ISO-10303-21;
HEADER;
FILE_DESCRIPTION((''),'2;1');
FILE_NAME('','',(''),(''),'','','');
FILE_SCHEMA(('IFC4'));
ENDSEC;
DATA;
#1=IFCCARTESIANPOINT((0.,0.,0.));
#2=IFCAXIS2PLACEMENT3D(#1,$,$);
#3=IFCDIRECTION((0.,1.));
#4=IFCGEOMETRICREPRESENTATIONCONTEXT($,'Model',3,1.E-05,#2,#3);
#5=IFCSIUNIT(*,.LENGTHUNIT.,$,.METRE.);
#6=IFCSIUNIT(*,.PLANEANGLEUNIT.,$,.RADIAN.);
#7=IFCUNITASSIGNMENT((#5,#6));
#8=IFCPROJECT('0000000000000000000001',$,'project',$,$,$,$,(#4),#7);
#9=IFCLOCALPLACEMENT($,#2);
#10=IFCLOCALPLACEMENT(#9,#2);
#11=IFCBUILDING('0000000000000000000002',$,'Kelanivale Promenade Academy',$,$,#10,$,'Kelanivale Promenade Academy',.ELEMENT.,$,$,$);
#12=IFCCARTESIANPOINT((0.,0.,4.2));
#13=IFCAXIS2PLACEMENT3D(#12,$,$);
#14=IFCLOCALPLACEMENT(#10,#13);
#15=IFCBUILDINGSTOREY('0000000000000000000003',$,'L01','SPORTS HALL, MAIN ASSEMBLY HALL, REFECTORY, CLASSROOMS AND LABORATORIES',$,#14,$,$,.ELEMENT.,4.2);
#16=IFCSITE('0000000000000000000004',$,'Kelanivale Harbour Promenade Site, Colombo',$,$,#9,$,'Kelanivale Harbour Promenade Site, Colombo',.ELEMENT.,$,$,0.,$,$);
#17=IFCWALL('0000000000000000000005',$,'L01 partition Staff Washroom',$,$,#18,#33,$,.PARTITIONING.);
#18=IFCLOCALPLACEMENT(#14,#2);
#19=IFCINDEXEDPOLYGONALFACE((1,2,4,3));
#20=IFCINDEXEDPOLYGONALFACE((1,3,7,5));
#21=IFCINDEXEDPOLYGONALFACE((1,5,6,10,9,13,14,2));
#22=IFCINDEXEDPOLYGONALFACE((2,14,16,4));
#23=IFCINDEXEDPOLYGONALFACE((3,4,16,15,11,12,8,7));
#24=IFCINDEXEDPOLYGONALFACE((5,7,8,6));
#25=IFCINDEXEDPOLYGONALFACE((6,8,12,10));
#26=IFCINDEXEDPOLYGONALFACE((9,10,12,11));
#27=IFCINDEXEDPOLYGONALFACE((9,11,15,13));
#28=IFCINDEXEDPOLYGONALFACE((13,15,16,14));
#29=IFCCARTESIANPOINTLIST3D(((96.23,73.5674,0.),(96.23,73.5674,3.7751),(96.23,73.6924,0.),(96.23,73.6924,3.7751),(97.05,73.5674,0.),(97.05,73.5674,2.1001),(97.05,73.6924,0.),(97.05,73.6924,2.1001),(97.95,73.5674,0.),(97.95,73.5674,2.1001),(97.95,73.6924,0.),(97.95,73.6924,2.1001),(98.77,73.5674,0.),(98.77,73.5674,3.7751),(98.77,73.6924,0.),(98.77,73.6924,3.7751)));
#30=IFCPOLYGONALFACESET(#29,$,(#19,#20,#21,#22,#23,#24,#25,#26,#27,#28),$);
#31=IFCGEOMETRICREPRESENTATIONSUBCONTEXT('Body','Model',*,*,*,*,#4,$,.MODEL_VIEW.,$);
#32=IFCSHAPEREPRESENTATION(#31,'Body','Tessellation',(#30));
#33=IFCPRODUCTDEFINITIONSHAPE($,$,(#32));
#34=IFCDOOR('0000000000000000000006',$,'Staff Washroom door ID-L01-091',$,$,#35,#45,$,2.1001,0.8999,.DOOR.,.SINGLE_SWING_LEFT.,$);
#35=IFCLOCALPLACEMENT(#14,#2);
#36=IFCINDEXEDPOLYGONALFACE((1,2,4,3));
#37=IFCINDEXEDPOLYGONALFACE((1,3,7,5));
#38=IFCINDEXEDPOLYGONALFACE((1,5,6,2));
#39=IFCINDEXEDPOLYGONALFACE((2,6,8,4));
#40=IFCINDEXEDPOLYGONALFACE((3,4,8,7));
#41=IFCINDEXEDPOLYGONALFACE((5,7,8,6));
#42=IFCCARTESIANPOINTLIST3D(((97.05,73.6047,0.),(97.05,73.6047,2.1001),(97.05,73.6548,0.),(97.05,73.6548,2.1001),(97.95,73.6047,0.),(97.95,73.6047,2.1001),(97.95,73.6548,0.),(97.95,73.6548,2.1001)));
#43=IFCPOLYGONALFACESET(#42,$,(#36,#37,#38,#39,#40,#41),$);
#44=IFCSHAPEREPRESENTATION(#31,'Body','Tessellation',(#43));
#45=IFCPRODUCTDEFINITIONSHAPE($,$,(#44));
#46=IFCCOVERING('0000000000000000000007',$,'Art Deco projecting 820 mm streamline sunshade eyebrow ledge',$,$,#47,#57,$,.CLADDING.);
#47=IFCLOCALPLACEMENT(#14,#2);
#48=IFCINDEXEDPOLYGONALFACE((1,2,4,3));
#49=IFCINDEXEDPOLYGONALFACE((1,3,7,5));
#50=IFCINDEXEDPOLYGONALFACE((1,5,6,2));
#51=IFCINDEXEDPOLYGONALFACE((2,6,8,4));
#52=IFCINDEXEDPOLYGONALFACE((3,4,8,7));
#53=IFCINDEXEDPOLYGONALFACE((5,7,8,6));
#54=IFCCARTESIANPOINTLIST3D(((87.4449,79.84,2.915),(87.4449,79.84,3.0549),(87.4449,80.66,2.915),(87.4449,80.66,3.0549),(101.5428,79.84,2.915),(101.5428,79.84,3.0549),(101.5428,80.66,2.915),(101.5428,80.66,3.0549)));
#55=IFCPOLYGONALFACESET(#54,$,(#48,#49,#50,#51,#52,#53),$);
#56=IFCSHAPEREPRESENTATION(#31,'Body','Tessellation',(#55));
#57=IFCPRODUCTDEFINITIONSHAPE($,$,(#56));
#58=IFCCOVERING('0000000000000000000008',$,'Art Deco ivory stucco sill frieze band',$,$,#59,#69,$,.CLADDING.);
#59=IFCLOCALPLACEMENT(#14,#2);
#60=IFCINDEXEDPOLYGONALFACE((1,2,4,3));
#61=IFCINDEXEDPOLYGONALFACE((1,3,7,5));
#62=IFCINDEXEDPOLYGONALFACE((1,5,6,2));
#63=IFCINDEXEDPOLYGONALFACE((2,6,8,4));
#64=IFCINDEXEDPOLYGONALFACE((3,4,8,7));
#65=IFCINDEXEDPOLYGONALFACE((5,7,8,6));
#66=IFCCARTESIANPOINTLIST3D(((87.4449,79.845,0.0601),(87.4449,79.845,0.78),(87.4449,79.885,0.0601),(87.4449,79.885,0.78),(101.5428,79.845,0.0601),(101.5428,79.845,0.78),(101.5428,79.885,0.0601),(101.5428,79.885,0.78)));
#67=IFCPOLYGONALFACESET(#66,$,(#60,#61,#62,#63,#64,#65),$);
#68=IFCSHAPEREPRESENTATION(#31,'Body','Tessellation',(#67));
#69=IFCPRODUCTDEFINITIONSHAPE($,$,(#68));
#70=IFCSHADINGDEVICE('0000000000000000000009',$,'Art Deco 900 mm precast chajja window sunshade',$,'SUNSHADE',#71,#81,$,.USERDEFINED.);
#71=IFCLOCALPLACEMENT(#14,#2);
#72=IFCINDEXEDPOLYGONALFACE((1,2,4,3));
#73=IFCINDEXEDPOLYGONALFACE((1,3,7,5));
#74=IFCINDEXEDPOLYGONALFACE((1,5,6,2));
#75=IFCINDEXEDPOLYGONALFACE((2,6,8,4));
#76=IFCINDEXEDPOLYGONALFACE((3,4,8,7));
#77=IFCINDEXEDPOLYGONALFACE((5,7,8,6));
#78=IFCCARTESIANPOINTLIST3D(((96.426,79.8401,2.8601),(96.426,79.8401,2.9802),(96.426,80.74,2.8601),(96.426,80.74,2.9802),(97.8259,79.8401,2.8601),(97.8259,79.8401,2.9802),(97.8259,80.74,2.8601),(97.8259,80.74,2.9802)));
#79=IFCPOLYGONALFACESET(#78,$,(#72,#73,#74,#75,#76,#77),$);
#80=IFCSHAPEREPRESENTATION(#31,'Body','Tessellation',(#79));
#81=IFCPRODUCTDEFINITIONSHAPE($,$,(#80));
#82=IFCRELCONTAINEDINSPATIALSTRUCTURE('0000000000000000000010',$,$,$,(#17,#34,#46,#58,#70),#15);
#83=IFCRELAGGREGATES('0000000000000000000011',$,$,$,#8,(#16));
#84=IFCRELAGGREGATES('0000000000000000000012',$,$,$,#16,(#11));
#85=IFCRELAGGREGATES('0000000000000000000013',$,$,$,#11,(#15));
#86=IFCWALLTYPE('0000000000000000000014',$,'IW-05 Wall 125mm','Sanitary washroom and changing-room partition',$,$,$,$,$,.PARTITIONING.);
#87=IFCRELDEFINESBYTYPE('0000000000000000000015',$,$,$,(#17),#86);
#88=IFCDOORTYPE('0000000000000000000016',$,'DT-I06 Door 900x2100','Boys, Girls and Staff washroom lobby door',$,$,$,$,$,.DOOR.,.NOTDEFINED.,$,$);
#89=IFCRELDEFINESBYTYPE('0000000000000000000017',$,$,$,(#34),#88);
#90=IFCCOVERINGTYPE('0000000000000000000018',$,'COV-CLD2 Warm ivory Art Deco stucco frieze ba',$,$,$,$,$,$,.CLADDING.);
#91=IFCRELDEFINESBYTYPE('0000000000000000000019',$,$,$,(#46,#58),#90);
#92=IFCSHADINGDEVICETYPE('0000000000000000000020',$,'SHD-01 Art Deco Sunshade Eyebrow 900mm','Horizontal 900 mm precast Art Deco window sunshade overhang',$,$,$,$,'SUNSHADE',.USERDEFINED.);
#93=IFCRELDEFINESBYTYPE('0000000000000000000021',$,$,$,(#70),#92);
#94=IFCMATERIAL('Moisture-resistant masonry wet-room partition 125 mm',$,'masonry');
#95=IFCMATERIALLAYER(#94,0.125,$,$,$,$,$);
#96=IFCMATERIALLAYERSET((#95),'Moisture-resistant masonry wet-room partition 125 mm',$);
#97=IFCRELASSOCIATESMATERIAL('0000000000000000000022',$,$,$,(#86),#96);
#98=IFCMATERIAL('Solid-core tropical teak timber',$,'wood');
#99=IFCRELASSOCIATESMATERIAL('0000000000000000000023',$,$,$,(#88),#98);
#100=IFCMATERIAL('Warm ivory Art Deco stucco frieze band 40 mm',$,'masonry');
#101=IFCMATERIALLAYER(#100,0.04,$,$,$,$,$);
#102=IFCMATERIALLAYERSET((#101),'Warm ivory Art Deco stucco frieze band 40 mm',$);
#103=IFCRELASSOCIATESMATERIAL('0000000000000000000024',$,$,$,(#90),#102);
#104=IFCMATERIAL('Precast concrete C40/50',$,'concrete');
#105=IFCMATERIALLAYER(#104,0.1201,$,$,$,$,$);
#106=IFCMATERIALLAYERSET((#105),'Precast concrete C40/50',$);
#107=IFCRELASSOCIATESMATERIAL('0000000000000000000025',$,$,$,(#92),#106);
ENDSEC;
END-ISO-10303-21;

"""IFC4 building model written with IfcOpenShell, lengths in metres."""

from ifc_helpers import new_model, si_unit, direction, frame, frame_2d, origin, origin_2d, place, context, subcontext, project, spatial, rectangle, extrude, material, layer, layer_set, type_object, element, fill, save


model = new_model("IFC4")

# Units and contexts
model_context = context("Model", 3, precision=1e-05, world=origin(), true_north=direction((0.0, 1.0)))
body_context = subcontext(model_context, "Body", "Model", "MODEL_VIEW")
ifc_project = project(units=[si_unit("LENGTHUNIT", "METRE"), si_unit("PLANEANGLEUNIT", "RADIAN")], contexts=[model_context])

# Site, building, storey
site_placement = place(None, origin())
site = spatial("IfcSite", under=ifc_project, at=site_placement, Name="Kelanivale Harbour Promenade Site, Colombo", LongName="Kelanivale Harbour Promenade Site, Colombo", CompositionType="ELEMENT", RefElevation=0.0)
building_placement = place(site_placement, origin())
building = spatial("IfcBuilding", under=site, at=building_placement, Name="Kelanivale Promenade Academy", LongName="Kelanivale Promenade Academy", CompositionType="ELEMENT")
storey_placement = place(building_placement, frame((0.0, 0.0, 4.2)))
storey = spatial("IfcBuildingStorey", under=building, at=storey_placement, Name="L01", Description="SPORTS HALL, MAIN ASSEMBLY HALL, REFECTORY, CLASSROOMS AND LABORATORIES", CompositionType="ELEMENT", Elevation=4.2)

# Shared definitions
ifc_material_1 = material(Name="Moisture-resistant masonry wet-room partition 125 mm", Category="masonry")
ifc_layer_1 = layer(ifc_material_1, 0.125)
ifc_layer_set_1 = layer_set([ifc_layer_1], Name="Moisture-resistant masonry wet-room partition 125 mm")
wall_type_1 = type_object("IfcWallType", Name="IW-05 Wall 125mm", Description="Sanitary washroom and changing-room partition", PredefinedType="PARTITIONING", material=ifc_layer_set_1)

# Wall, opening, door
wall_1_placement = place(storey_placement, frame((96.23, 73.6299, 0.0), z_axis=(0.0, 0.0, 1.0), x_axis=(1.0, 0.0, 0.0)))
wall_1 = element("IfcWall", 1, at=wall_1_placement, inside=storey, type_object=wall_type_1, Name="L01 partition Staff Washroom", PredefinedType="PARTITIONING", context=body_context, shape_type="SweptSolid", body=[
    extrude(rectangle(XDim=2.54, YDim=0.125, at=frame_2d((1.27, 0.0))), origin(), (0.0, 0.0, 1.0), 3.7751),
])
opening_placement = place(wall_1_placement, frame((0.8201, 0.0, 0.0)))
opening = element("IfcOpeningElement", 2, at=opening_placement, cuts=wall_1, PredefinedType="OPENING", context=body_context, shape_type="SweptSolid", body=[
    extrude(rectangle(XDim=0.8999, YDim=2.1001, at=frame_2d((0.45, 1.05))), frame((0.0, 0.0725, 0.0), z_axis=(0.0, -1.0, 0.0), x_axis=(1.0, 0.0, 0.0)), (0.0, 0.0, 1.0), 0.145),
])
ifc_material_2 = material(Name="Solid-core tropical teak timber", Category="wood")
door_type = type_object("IfcDoorType", Name="DT-I06 Door 900x2100", Description="Boys, Girls and Staff washroom lobby door", OperationType="NOTDEFINED", PredefinedType="DOOR", material=ifc_material_2)
door_placement = place(opening_placement, origin())
door = element("IfcDoor", 3, at=door_placement, inside=storey, type_object=door_type, Name="Staff Washroom door ID-L01-091", OperationType="SINGLE_SWING_LEFT", OverallHeight=2.1001, OverallWidth=0.8999, PredefinedType="DOOR", context=body_context, shape_type="SweptSolid", body=[
    extrude(rectangle(XDim=0.8999, YDim=2.1001, at=frame_2d((0.45, 1.05))), frame((0.0, 0.0249, 0.0), z_axis=(0.0, -1.0, 0.0), x_axis=(1.0, 0.0, 0.0)), (0.0, 0.0, 1.0), 0.05),
])
fill(opening, door)

# Coverings
ifc_material_3 = material(Name="Warm ivory Art Deco stucco frieze band 40 mm", Category="masonry")
ifc_layer_2 = layer(ifc_material_3, 0.04)
ifc_layer_set_2 = layer_set([ifc_layer_2], Name="Warm ivory Art Deco stucco frieze band 40 mm")
covering_type = type_object("IfcCoveringType", Name="COV-CLD2 Warm ivory Art Deco stucco frieze ba", PredefinedType="CLADDING", material=ifc_layer_set_2)
covering_1_placement = place(storey_placement, frame((94.4939, 80.25, 2.915), z_axis=(0.0, 0.0, 1.0), x_axis=(-1.0, 0.0, 0.0)))
element("IfcCovering", 4, at=covering_1_placement, inside=storey, type_object=covering_type, Name="Art Deco projecting 820 mm streamline sunshade eyebrow ledge", PredefinedType="CLADDING", context=body_context, shape_type="SweptSolid", body=[
    extrude(rectangle(XDim=14.0979, YDim=0.8201, at=origin_2d()), origin(), (0.0, 0.0, 1.0), 0.1399),
])
covering_2_placement = place(storey_placement, frame((94.4939, 79.865, 0.0601), z_axis=(0.0, 0.0, 1.0), x_axis=(-1.0, 0.0, 0.0)))
element("IfcCovering", 5, at=covering_2_placement, inside=storey, type_object=covering_type, Name="Art Deco ivory stucco sill frieze band", PredefinedType="CLADDING", context=body_context, shape_type="SweptSolid", body=[
    extrude(rectangle(XDim=14.0979, YDim=0.04, at=origin_2d()), origin(), (0.0, 0.0, 1.0), 0.72),
])

# Shading device
ifc_material_4 = material(Name="Precast concrete C40/50", Category="concrete")
ifc_layer_3 = layer(ifc_material_4, 0.1201)
ifc_layer_set_3 = layer_set([ifc_layer_3], Name="Precast concrete C40/50")
shading_device_type = type_object("IfcShadingDeviceType", Name="SHD-01 Art Deco Sunshade Eyebrow 900mm", Description="Horizontal 900 mm precast Art Deco window sunshade overhang", ElementType="SUNSHADE", PredefinedType="USERDEFINED", material=ifc_layer_set_3)
shading_device_placement = place(storey_placement, frame((97.126, 80.29, 2.8601), z_axis=(0.0, 0.0, 1.0), x_axis=(-1.0, 0.0, 0.0)))
element("IfcShadingDevice", 6, at=shading_device_placement, inside=storey, type_object=shading_device_type, Name="Art Deco 900 mm precast chajja window sunshade", ObjectType="SUNSHADE", PredefinedType="USERDEFINED", context=body_context, shape_type="SweptSolid", body=[
    extrude(rectangle(XDim=1.3999, YDim=0.8999, at=origin_2d()), origin(), (0.0, 0.0, 1.0), 0.1201),
])

save(model, "model.ifc")
